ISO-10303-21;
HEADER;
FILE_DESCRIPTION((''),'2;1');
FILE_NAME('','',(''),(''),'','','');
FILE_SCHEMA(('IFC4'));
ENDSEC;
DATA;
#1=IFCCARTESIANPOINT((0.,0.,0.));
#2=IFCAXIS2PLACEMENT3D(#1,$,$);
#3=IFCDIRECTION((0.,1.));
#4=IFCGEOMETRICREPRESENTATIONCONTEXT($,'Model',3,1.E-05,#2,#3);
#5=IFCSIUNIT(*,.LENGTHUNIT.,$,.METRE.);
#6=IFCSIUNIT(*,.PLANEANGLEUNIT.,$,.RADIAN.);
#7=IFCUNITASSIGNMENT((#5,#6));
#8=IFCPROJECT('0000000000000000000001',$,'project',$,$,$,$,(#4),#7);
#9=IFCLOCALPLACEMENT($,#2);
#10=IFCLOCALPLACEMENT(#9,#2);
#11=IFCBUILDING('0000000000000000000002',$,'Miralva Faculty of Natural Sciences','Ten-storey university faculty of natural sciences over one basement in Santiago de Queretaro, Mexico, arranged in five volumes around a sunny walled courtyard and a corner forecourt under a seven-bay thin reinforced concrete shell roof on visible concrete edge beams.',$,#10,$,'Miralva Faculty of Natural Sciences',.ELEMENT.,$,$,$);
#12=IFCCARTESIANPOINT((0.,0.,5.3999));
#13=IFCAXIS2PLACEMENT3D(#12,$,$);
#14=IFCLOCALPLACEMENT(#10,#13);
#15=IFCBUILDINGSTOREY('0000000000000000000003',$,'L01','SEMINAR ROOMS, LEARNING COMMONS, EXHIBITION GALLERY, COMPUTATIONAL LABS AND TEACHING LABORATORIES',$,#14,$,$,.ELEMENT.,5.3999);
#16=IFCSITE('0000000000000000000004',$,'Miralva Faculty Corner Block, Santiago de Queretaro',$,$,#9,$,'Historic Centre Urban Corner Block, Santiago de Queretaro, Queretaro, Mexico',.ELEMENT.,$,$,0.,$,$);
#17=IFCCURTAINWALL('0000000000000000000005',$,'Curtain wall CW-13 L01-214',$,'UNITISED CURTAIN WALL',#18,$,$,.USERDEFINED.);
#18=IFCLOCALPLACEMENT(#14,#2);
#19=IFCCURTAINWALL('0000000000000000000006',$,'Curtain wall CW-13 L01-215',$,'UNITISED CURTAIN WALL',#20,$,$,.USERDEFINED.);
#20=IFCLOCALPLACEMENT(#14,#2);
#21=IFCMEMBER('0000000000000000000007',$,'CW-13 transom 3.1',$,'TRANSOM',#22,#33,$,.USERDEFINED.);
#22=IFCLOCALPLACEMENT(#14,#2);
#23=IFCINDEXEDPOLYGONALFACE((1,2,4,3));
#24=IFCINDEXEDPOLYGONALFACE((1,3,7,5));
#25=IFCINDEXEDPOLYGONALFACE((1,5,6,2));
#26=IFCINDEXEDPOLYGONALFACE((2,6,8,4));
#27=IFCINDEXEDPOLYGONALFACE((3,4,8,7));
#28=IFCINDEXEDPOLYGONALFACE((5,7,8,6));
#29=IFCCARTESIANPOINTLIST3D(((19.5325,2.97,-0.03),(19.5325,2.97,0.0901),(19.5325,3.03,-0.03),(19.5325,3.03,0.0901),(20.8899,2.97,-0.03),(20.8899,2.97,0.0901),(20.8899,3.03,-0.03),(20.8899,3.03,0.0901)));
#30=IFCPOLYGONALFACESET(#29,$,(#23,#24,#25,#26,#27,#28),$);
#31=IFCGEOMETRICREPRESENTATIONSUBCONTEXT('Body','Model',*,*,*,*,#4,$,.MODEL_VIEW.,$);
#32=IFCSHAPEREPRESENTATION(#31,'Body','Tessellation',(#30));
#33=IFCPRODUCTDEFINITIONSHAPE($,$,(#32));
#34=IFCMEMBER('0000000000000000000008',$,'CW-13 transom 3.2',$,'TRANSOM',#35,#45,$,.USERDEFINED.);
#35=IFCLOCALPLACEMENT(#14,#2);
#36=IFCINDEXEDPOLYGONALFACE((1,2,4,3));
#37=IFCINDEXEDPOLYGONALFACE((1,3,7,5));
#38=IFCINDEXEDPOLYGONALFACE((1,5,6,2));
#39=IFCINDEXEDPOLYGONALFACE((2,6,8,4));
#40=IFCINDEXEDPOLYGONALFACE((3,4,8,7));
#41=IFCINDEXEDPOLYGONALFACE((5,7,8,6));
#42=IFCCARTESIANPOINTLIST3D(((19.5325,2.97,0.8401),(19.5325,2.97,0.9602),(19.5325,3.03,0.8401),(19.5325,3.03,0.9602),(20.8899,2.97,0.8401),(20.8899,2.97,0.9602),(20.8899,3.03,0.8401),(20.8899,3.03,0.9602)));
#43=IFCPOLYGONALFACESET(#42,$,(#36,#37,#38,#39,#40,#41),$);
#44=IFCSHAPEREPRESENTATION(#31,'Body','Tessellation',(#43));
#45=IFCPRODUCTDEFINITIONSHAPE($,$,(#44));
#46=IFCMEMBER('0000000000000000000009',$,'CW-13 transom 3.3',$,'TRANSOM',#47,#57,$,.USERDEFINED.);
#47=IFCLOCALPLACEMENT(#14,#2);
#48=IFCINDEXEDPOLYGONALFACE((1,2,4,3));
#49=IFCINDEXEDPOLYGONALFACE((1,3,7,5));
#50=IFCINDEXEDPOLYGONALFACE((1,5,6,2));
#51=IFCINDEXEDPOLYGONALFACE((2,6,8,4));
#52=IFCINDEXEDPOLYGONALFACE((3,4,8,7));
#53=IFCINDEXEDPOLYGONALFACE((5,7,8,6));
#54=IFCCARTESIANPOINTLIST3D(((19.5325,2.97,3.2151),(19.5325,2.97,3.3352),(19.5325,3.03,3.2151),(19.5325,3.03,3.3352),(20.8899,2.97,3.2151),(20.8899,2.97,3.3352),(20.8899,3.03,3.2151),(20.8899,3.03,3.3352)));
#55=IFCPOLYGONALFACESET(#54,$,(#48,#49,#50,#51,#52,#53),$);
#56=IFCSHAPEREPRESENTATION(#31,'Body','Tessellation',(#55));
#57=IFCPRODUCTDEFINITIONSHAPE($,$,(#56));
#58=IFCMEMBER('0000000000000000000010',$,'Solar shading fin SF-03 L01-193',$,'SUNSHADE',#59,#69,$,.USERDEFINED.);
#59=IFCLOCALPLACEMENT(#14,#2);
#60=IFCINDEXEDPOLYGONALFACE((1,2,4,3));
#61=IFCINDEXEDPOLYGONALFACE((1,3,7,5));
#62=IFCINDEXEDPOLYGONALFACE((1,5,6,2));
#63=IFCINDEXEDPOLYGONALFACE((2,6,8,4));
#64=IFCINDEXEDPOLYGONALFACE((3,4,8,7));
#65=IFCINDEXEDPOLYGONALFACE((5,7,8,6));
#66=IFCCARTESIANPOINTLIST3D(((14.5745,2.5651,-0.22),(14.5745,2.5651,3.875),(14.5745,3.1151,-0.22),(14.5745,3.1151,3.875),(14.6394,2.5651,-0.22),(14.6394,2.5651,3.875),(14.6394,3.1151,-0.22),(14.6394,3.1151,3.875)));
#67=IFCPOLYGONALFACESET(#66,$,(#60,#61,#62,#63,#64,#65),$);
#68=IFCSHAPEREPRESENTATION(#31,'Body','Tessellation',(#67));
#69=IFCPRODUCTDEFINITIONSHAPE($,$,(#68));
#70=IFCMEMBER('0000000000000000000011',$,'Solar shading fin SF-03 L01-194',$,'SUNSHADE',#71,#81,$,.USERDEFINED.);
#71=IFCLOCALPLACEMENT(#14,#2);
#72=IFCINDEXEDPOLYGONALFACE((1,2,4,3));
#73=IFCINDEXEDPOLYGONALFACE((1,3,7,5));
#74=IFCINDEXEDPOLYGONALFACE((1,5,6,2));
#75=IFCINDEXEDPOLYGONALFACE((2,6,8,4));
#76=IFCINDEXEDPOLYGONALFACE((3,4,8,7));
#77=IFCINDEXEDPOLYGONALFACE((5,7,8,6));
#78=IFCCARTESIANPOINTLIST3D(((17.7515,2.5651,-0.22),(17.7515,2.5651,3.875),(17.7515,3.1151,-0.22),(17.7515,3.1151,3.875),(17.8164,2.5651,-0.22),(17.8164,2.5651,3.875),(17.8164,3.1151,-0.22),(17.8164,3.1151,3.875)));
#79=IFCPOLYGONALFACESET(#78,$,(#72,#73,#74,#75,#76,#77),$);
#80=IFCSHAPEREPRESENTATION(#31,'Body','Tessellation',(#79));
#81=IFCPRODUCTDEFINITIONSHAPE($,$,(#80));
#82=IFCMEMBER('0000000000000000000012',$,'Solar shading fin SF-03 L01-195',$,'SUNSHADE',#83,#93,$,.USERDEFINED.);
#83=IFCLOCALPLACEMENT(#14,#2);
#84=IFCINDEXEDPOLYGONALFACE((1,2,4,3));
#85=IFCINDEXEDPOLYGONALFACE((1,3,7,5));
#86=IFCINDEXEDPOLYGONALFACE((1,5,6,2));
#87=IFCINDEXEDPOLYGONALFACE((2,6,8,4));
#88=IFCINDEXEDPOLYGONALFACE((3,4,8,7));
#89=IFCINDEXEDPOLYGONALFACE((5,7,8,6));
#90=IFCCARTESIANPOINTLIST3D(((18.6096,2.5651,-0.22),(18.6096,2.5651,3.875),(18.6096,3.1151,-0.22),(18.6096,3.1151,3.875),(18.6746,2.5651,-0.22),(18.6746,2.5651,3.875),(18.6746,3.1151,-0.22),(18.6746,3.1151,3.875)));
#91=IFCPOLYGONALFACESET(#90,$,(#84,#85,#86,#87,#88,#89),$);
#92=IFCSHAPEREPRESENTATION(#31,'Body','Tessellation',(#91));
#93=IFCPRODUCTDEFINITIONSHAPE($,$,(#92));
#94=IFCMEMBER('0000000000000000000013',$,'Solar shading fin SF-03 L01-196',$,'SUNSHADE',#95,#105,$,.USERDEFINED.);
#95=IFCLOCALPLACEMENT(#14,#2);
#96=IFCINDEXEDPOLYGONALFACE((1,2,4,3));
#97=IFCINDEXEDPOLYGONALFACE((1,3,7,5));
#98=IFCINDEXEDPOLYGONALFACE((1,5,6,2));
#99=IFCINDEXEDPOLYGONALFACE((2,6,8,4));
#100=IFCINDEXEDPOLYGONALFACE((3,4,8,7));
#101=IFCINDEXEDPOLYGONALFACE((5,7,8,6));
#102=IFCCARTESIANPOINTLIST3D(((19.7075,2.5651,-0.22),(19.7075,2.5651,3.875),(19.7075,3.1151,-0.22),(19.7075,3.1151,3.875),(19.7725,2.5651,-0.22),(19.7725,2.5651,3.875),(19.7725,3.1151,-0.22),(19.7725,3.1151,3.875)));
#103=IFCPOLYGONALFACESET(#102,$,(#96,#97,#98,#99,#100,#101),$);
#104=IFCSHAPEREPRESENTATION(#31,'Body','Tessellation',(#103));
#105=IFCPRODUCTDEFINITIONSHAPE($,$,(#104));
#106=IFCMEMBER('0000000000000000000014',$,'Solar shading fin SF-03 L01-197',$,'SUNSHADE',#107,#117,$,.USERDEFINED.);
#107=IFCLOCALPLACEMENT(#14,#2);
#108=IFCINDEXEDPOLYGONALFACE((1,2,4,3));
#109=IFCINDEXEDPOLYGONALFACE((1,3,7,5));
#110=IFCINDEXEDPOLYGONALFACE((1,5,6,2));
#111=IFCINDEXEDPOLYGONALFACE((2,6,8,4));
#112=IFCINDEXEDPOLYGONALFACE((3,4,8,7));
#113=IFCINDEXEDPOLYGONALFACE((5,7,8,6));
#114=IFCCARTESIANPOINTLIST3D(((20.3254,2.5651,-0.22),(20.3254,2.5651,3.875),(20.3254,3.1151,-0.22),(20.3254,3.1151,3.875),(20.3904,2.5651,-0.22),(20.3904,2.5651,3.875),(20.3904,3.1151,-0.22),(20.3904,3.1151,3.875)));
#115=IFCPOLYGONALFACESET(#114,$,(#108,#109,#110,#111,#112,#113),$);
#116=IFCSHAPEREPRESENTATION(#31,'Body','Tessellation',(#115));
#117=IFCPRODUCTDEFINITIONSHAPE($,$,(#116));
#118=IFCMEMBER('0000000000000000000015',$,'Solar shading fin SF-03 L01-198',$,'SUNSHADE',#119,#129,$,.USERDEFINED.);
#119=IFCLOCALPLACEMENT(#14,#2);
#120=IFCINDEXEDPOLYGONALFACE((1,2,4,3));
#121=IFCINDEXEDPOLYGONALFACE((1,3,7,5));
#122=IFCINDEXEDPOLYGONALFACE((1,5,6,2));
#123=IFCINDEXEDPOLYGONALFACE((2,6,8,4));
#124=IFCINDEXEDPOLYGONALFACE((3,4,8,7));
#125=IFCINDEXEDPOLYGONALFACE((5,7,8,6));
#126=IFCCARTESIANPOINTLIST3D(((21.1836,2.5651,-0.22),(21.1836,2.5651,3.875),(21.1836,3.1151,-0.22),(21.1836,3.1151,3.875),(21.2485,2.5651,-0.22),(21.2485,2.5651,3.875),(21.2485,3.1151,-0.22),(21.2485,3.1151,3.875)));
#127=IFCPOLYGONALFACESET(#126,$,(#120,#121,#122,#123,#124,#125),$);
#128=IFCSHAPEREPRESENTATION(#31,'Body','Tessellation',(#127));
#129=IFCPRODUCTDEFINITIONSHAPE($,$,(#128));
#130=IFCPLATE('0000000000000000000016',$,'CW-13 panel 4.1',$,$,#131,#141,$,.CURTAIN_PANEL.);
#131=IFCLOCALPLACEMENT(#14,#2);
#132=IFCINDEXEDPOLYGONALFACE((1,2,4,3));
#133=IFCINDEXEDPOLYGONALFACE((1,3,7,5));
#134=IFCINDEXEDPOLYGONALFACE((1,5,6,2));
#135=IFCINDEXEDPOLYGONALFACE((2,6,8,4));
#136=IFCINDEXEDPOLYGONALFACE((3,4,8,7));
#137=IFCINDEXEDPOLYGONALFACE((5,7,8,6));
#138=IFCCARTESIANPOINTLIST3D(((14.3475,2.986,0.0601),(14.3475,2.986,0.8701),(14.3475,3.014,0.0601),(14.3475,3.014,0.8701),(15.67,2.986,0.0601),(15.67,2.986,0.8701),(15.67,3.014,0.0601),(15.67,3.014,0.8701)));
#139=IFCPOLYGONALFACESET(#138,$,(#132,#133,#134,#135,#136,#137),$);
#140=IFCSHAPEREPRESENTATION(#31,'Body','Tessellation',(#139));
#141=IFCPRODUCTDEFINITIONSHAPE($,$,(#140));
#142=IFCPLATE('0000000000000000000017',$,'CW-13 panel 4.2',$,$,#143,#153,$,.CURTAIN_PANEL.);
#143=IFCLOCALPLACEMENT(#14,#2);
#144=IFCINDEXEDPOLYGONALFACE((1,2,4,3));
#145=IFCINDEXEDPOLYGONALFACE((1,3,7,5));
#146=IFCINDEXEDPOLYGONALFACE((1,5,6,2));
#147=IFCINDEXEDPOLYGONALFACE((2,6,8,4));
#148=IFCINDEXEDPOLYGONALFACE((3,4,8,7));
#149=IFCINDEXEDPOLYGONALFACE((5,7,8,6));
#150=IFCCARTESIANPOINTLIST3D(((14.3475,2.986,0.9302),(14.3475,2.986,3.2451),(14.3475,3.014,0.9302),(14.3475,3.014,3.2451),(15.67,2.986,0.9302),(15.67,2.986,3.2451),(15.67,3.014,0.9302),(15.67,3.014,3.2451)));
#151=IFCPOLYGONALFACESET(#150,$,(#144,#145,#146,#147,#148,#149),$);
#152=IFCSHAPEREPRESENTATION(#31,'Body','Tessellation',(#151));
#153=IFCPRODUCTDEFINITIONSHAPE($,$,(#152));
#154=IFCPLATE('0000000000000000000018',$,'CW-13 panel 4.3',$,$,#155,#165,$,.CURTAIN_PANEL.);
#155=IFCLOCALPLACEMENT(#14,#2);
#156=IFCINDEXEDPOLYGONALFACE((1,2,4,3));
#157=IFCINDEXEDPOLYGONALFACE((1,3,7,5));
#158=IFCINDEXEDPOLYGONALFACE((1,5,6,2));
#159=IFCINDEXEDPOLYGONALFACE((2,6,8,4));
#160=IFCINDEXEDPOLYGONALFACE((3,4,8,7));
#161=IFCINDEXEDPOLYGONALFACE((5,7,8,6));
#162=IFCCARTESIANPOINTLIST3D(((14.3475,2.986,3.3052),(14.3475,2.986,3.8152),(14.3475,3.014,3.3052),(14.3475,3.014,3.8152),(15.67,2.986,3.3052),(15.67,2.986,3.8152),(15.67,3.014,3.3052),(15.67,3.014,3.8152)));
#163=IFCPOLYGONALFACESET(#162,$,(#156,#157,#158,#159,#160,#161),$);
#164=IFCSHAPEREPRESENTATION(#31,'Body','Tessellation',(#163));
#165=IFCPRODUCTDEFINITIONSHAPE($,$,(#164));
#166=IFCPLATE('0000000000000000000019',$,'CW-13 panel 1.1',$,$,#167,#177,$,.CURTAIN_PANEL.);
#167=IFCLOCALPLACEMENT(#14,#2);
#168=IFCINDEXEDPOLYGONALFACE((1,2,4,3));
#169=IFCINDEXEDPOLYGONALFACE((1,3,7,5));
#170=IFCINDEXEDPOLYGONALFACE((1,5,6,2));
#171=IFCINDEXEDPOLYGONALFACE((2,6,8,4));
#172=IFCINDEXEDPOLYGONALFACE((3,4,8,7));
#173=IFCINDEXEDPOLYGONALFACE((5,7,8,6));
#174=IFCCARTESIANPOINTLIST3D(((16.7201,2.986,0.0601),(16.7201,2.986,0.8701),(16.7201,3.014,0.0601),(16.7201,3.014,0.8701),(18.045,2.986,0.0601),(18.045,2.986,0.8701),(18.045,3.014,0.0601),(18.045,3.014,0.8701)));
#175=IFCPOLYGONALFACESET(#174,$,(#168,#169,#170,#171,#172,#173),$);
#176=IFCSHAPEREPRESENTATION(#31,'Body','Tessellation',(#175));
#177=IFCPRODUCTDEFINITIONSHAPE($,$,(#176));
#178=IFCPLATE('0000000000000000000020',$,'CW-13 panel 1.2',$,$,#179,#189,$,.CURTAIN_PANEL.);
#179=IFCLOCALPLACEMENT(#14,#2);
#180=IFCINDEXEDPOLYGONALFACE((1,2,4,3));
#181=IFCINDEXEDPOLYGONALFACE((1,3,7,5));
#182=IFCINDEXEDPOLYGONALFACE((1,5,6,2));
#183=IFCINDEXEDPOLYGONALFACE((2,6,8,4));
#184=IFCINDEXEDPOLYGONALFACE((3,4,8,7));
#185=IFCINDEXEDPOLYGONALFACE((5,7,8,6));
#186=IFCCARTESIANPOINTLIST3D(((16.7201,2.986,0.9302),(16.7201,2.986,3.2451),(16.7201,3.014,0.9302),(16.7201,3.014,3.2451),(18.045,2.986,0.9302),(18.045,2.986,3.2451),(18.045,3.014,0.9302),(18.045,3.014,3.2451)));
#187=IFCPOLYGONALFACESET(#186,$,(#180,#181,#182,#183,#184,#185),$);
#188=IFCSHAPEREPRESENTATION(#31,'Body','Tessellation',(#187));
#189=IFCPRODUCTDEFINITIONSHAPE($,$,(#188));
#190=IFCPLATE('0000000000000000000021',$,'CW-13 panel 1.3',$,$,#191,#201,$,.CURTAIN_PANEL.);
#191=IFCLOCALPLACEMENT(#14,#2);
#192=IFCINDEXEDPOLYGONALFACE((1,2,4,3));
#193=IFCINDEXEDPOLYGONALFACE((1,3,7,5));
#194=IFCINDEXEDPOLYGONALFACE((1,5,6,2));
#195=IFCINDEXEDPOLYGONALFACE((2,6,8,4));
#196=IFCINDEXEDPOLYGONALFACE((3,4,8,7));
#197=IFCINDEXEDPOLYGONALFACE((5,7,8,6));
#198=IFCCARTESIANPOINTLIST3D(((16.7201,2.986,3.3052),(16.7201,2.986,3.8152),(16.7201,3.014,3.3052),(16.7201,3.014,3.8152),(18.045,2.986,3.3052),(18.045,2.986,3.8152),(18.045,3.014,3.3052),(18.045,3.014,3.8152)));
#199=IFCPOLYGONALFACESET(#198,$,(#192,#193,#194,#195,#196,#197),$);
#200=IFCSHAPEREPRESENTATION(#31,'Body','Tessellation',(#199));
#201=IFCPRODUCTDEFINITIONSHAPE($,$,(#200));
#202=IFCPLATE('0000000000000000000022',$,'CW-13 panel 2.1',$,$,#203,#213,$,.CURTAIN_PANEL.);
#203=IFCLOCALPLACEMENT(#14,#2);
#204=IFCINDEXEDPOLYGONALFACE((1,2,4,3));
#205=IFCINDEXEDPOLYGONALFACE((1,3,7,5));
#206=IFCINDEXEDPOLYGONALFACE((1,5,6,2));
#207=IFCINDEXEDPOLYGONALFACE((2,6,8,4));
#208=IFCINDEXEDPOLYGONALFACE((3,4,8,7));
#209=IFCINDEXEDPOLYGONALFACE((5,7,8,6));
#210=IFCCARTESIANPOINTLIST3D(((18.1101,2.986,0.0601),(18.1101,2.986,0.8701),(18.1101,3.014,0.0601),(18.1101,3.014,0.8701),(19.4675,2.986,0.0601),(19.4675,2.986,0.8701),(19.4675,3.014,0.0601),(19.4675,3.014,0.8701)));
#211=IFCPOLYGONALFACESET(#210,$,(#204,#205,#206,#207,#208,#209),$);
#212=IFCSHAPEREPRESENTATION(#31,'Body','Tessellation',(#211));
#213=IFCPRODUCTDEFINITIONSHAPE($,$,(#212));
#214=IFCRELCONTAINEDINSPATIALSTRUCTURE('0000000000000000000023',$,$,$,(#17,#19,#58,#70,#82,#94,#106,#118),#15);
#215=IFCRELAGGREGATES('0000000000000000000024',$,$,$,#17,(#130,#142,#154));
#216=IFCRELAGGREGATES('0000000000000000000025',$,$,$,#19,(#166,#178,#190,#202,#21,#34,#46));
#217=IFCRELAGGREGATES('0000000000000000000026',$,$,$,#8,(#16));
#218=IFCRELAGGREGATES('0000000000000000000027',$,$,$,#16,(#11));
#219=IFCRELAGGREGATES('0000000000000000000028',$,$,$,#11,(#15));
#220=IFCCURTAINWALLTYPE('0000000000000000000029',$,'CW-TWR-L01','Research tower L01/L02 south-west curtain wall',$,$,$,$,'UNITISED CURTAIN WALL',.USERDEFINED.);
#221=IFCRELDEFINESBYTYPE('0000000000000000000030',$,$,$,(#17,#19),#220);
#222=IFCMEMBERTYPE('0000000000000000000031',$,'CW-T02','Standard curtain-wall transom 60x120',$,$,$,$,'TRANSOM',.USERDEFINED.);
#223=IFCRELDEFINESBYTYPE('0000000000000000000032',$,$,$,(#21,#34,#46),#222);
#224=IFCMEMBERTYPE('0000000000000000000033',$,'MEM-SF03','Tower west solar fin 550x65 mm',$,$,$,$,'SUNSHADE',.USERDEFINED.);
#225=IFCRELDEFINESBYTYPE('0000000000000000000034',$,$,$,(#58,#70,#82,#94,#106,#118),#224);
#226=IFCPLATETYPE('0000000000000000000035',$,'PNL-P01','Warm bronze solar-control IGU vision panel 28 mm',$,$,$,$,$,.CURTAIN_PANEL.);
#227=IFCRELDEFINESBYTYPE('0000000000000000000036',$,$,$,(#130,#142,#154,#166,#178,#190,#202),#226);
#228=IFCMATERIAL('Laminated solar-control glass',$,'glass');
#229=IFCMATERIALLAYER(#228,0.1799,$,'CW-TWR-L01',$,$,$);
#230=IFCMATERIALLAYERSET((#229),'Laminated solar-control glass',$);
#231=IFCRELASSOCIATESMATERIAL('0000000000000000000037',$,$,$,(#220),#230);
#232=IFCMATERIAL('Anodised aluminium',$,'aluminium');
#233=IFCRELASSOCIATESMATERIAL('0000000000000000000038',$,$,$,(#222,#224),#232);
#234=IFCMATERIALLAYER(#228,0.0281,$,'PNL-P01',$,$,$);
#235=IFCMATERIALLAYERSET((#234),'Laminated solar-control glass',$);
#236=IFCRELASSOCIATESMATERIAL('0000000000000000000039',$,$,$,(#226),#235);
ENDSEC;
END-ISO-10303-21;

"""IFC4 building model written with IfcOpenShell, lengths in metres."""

from ifc_helpers import new_model, si_unit, direction, frame, origin, origin_2d, place, context, subcontext, project, spatial, rectangle, extrude, material, layer, layer_set, material_profile, profile_set, type_object, element, aggregate, save


model = new_model("IFC4")

# Units and contexts
model_context = context("Model", 3, precision=1e-05, world=origin(), true_north=direction((0.0, 1.0)))
body_context = subcontext(model_context, "Body", "Model", "MODEL_VIEW")
ifc_project = project(units=[si_unit("LENGTHUNIT", "METRE"), si_unit("PLANEANGLEUNIT", "RADIAN")], contexts=[model_context])

# Site, building, storey
site_placement = place(None, origin())
site = spatial("IfcSite", under=ifc_project, at=site_placement, Name="Miralva Faculty Corner Block, Santiago de Queretaro", LongName="Historic Centre Urban Corner Block, Santiago de Queretaro, Queretaro, Mexico", CompositionType="ELEMENT", RefElevation=0.0)
building_placement = place(site_placement, origin())
building = spatial("IfcBuilding", under=site, at=building_placement, Name="Miralva Faculty of Natural Sciences", Description="Ten-storey university faculty of natural sciences over one basement in Santiago de Queretaro, Mexico, arranged in five volumes around a sunny walled courtyard and a corner forecourt under a seven-bay thin reinforced concrete shell roof on visible concrete edge beams.", LongName="Miralva Faculty of Natural Sciences", CompositionType="ELEMENT")
storey_placement = place(building_placement, frame((0.0, 0.0, 5.3999)))
storey = spatial("IfcBuildingStorey", under=building, at=storey_placement, Name="L01", Description="SEMINAR ROOMS, LEARNING COMMONS, EXHIBITION GALLERY, COMPUTATIONAL LABS AND TEACHING LABORATORIES", CompositionType="ELEMENT", Elevation=5.3999)

# Curtain wall
ifc_material_1 = material(Name="Laminated solar-control glass", Category="glass")
ifc_layer_1 = layer(ifc_material_1, 0.1799, Name="CW-TWR-L01")
ifc_layer_set_1 = layer_set([ifc_layer_1], Name="Laminated solar-control glass")
curtain_wall_type = type_object("IfcCurtainWallType", Name="CW-TWR-L01", Description="Research tower L01/L02 south-west curtain wall", ElementType="UNITISED CURTAIN WALL", PredefinedType="USERDEFINED", material=ifc_layer_set_1)
curtain_wall_1_placement = place(storey_placement, origin())
curtain_wall_1 = element("IfcCurtainWall", 1, at=curtain_wall_1_placement, inside=storey, type_object=curtain_wall_type, Name="Curtain wall CW-13 L01-214", ObjectType="UNITISED CURTAIN WALL", PredefinedType="USERDEFINED")
ifc_material_2 = material(Name="Anodised aluminium", Category="aluminium")

# Curtain wall, members
curtain_wall_2_placement = place(storey_placement, origin())
curtain_wall_2 = element("IfcCurtainWall", 2, at=curtain_wall_2_placement, inside=storey, type_object=curtain_wall_type, Name="Curtain wall CW-13 L01-215", ObjectType="UNITISED CURTAIN WALL", PredefinedType="USERDEFINED")
ifc_material_profile_1 = material_profile(ifc_material_2, rectangle(XDim=0.0601, YDim=0.1201, at=origin_2d()), Name="TRANSOM 60x120")
ifc_profile_set_1 = profile_set([ifc_material_profile_1], Name="Anodised aluminium")
member_type_1 = type_object("IfcMemberType", Name="CW-T02", Description="Standard curtain-wall transom 60x120", ElementType="TRANSOM", PredefinedType="USERDEFINED", material=ifc_profile_set_1)
member_1_placement = place(storey_placement, frame((19.5325, 3.0, 0.03), z_axis=(1.0, 0.0, 0.0), x_axis=(0.0, 1.0, 0.0)))
member_1 = element("IfcMember", 3, at=member_1_placement, type_object=member_type_1, Name="CW-13 transom 3.1", ObjectType="TRANSOM", PredefinedType="USERDEFINED", context=body_context, shape_type="SweptSolid", body=[
    extrude(rectangle(XDim=0.0601, YDim=0.1201, at=origin_2d()), origin(), (0.0, 0.0, 1.0), 1.3574),
])
member_2_placement = place(storey_placement, frame((19.5325, 3.0, 0.9001), z_axis=(1.0, 0.0, 0.0), x_axis=(0.0, 1.0, 0.0)))
member_2 = element("IfcMember", 4, at=member_2_placement, type_object=member_type_1, Name="CW-13 transom 3.2", ObjectType="TRANSOM", PredefinedType="USERDEFINED", context=body_context, shape_type="SweptSolid", body=[
    extrude(rectangle(XDim=0.0601, YDim=0.1201, at=origin_2d()), origin(), (0.0, 0.0, 1.0), 1.3574),
])
member_3_placement = place(storey_placement, frame((19.5325, 3.0, 3.2751), z_axis=(1.0, 0.0, 0.0), x_axis=(0.0, 1.0, 0.0)))
member_3 = element("IfcMember", 5, at=member_3_placement, type_object=member_type_1, Name="CW-13 transom 3.3", ObjectType="TRANSOM", PredefinedType="USERDEFINED", context=body_context, shape_type="SweptSolid", body=[
    extrude(rectangle(XDim=0.0601, YDim=0.1201, at=origin_2d()), origin(), (0.0, 0.0, 1.0), 1.3574),
])

# Members
ifc_material_profile_2 = material_profile(ifc_material_2, rectangle(XDim=0.0649, YDim=0.55, at=origin_2d()), Name="FIN 550x65")
ifc_profile_set_2 = profile_set([ifc_material_profile_2], Name="Anodised aluminium")
member_type_2 = type_object("IfcMemberType", Name="MEM-SF03", Description="Tower west solar fin 550x65 mm", ElementType="SUNSHADE", PredefinedType="USERDEFINED", material=ifc_profile_set_2)
for number, where, z_axis, x_axis, name in (
    (6, (14.6069, 2.8401, -0.22), (0.0, 0.0, 1.0), (1.0, 0.0, 0.0), "Solar shading fin SF-03 L01-193"),
    (7, (17.7839, 2.8401, -0.22), (0.0, 0.0, 1.0), (1.0, 0.0, 0.0), "Solar shading fin SF-03 L01-194"),
    (8, (18.6421, 2.8401, -0.22), (0.0, 0.0, 1.0), (1.0, 0.0, 0.0), "Solar shading fin SF-03 L01-195"),
    (9, (19.74, 2.8401, -0.22), (0.0, 0.0, 1.0), (1.0, 0.0, 0.0), "Solar shading fin SF-03 L01-196"),
    (10, (20.3579, 2.8401, -0.22), (0.0, 0.0, 1.0), (1.0, 0.0, 0.0), "Solar shading fin SF-03 L01-197"),
    (11, (21.2161, 2.8401, -0.22), (0.0, 0.0, 1.0), (1.0, 0.0, 0.0), "Solar shading fin SF-03 L01-198"),
):
    element("IfcMember", number, at=place(storey_placement, frame(where, z_axis=z_axis, x_axis=x_axis)), inside=storey, type_object=member_type_2, Name=name, ObjectType="SUNSHADE", PredefinedType="USERDEFINED", context=body_context, shape_type="SweptSolid", body=[
        extrude(rectangle(XDim=0.0649, YDim=0.55, at=origin_2d()), origin(), (0.0, 0.0, 1.0), 4.095),
    ])

# Plates
ifc_layer_2 = layer(ifc_material_1, 0.0281, Name="PNL-P01")
ifc_layer_set_2 = layer_set([ifc_layer_2], Name="Laminated solar-control glass")
plate_type = type_object("IfcPlateType", Name="PNL-P01", Description="Warm bronze solar-control IGU vision panel 28 mm", PredefinedType="CURTAIN_PANEL", material=ifc_layer_set_2)
plate_1_placement = place(storey_placement, frame((15.0088, 3.0, 0.0601), z_axis=(0.0, 0.0, 1.0), x_axis=(1.0, 0.0, 0.0)))
plate_1 = element("IfcPlate", 12, at=plate_1_placement, type_object=plate_type, Name="CW-13 panel 4.1", PredefinedType="CURTAIN_PANEL", context=body_context, shape_type="SweptSolid", body=[
    extrude(rectangle(XDim=1.3225, YDim=0.0281, at=origin_2d()), origin(), (0.0, 0.0, 1.0), 0.8101),
])
plate_2_placement = place(storey_placement, frame((15.0088, 3.0, 0.9302), z_axis=(0.0, 0.0, 1.0), x_axis=(1.0, 0.0, 0.0)))
plate_2 = element("IfcPlate", 13, at=plate_2_placement, type_object=plate_type, Name="CW-13 panel 4.2", PredefinedType="CURTAIN_PANEL", context=body_context, shape_type="SweptSolid", body=[
    extrude(rectangle(XDim=1.3225, YDim=0.0281, at=origin_2d()), origin(), (0.0, 0.0, 1.0), 2.3149),
])
plate_3_placement = place(storey_placement, frame((15.0088, 3.0, 3.3052), z_axis=(0.0, 0.0, 1.0), x_axis=(1.0, 0.0, 0.0)))
plate_3 = element("IfcPlate", 14, at=plate_3_placement, type_object=plate_type, Name="CW-13 panel 4.3", PredefinedType="CURTAIN_PANEL", context=body_context, shape_type="SweptSolid", body=[
    extrude(rectangle(XDim=1.3225, YDim=0.0281, at=origin_2d()), origin(), (0.0, 0.0, 1.0), 0.51),
])
aggregate(curtain_wall_1, [plate_1, plate_2, plate_3])
plate_4_placement = place(storey_placement, frame((17.3826, 3.0, 0.0601), z_axis=(0.0, 0.0, 1.0), x_axis=(1.0, 0.0, 0.0)))
plate_4 = element("IfcPlate", 15, at=plate_4_placement, type_object=plate_type, Name="CW-13 panel 1.1", PredefinedType="CURTAIN_PANEL", context=body_context, shape_type="SweptSolid", body=[
    extrude(rectangle(XDim=1.325, YDim=0.0281, at=origin_2d()), origin(), (0.0, 0.0, 1.0), 0.8101),
])
plate_5_placement = place(storey_placement, frame((17.3826, 3.0, 0.9302), z_axis=(0.0, 0.0, 1.0), x_axis=(1.0, 0.0, 0.0)))
plate_5 = element("IfcPlate", 16, at=plate_5_placement, type_object=plate_type, Name="CW-13 panel 1.2", PredefinedType="CURTAIN_PANEL", context=body_context, shape_type="SweptSolid", body=[
    extrude(rectangle(XDim=1.325, YDim=0.0281, at=origin_2d()), origin(), (0.0, 0.0, 1.0), 2.3149),
])
plate_6_placement = place(storey_placement, frame((17.3826, 3.0, 3.3052), z_axis=(0.0, 0.0, 1.0), x_axis=(1.0, 0.0, 0.0)))
plate_6 = element("IfcPlate", 17, at=plate_6_placement, type_object=plate_type, Name="CW-13 panel 1.3", PredefinedType="CURTAIN_PANEL", context=body_context, shape_type="SweptSolid", body=[
    extrude(rectangle(XDim=1.325, YDim=0.0281, at=origin_2d()), origin(), (0.0, 0.0, 1.0), 0.51),
])
plate_7_placement = place(storey_placement, frame((18.7888, 3.0, 0.0601), z_axis=(0.0, 0.0, 1.0), x_axis=(1.0, 0.0, 0.0)))
plate_7 = element("IfcPlate", 18, at=plate_7_placement, type_object=plate_type, Name="CW-13 panel 2.1", PredefinedType="CURTAIN_PANEL", context=body_context, shape_type="SweptSolid", body=[
    extrude(rectangle(XDim=1.3574, YDim=0.0281, at=origin_2d()), origin(), (0.0, 0.0, 1.0), 0.8101),
])
aggregate(curtain_wall_2, [plate_4, plate_5, plate_6, plate_7, member_1, member_2, member_3])

save(model, "model.ifc")
